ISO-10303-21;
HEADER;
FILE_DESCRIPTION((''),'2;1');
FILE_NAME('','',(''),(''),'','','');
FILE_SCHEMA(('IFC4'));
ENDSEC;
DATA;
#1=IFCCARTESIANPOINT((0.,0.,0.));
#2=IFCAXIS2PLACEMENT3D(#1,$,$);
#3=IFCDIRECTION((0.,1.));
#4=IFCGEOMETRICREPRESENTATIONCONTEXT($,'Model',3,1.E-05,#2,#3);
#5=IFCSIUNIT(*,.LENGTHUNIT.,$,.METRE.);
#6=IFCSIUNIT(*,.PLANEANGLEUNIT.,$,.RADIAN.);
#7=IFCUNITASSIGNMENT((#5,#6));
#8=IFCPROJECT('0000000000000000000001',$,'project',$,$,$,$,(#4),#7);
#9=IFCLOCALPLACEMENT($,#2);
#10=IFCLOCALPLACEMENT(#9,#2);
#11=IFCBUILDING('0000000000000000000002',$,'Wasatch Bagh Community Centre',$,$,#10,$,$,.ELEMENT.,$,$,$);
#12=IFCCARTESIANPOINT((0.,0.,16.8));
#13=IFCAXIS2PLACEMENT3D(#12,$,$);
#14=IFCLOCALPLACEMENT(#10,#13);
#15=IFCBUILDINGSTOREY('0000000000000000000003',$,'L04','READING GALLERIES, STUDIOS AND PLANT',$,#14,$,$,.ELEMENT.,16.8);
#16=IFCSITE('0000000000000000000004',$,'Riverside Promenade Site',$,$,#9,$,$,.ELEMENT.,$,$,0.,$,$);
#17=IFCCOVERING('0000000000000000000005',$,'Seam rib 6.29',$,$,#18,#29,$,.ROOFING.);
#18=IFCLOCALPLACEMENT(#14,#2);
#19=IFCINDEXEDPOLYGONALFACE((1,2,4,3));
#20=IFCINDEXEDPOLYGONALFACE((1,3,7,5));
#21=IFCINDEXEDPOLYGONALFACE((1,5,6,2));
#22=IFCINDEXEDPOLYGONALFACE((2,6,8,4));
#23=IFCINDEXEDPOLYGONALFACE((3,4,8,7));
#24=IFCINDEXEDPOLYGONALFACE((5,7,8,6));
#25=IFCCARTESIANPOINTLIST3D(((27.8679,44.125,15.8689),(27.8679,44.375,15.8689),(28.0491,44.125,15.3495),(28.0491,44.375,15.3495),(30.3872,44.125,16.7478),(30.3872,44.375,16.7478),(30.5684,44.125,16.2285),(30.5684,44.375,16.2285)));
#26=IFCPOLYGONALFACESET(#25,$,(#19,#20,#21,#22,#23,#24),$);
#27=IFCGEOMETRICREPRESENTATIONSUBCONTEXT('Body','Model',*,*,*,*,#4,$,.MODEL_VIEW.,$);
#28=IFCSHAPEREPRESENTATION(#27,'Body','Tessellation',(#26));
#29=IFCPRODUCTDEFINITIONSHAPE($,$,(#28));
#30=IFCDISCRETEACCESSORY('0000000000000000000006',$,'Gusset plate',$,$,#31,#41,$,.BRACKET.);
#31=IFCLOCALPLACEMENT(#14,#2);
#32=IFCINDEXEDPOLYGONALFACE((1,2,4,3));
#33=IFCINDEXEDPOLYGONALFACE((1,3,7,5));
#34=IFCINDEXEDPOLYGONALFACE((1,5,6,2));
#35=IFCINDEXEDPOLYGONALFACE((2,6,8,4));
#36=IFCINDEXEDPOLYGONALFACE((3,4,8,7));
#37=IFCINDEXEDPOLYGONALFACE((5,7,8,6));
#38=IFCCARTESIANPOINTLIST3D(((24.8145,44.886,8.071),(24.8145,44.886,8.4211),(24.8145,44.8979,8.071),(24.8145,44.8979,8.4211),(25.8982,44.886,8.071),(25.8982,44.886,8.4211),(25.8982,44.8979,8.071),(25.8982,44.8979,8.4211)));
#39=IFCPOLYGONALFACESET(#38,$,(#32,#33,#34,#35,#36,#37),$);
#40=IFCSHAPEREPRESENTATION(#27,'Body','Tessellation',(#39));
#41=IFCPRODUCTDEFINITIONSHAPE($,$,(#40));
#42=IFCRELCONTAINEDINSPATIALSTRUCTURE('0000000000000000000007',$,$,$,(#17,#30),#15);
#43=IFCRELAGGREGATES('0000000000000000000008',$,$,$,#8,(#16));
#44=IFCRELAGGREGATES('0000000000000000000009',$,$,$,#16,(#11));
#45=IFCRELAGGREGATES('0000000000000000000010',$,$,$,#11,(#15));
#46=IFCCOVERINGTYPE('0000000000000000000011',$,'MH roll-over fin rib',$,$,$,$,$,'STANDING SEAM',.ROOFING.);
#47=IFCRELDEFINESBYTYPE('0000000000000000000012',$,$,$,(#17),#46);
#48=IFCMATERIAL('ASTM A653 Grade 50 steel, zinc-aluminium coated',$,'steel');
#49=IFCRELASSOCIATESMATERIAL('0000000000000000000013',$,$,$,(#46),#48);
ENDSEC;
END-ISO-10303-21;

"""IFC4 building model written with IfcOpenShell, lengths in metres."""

from ifc_helpers import new_model, si_unit, direction, frame, origin, place, context, subcontext, project, spatial, polyline, outline, extrude, material, type_object, element, save


model = new_model("IFC4")

# Units and contexts
model_context = context("Model", 3, precision=1e-05, world=origin(), true_north=direction((0.0, 1.0)))
body_context = subcontext(model_context, "Body", "Model", "MODEL_VIEW")
ifc_project = project(units=[si_unit("LENGTHUNIT", "METRE"), si_unit("PLANEANGLEUNIT", "RADIAN")], contexts=[model_context])

# Site, building, storey
site_placement = place(None, origin())
site = spatial("IfcSite", under=ifc_project, at=site_placement, Name="Riverside Promenade Site", CompositionType="ELEMENT", RefElevation=0.0)
building_placement = place(site_placement, origin())
building = spatial("IfcBuilding", under=site, at=building_placement, Name="Wasatch Bagh Community Centre", CompositionType="ELEMENT")
storey_placement = place(building_placement, frame((0.0, 0.0, 16.8)))
storey = spatial("IfcBuildingStorey", under=building, at=storey_placement, Name="L04", Description="READING GALLERIES, STUDIOS AND PLANT", CompositionType="ELEMENT", Elevation=16.8)

# Covering
ifc_material_1 = material(Name="ASTM A653 Grade 50 steel, zinc-aluminium coated", Category="steel")
covering_type = type_object("IfcCoveringType", Name="MH roll-over fin rib", ElementType="STANDING SEAM", PredefinedType="ROOFING", material=ifc_material_1)
for number, where, z_axis, x_axis, name in (
    (1, (27.8679, 44.125, 15.8689), (-0.329401, 0.0, 0.94419), (0.94419, 0.0, 0.329401), "Seam rib 6.29"),
):
    element("IfcCovering", number, at=place(storey_placement, frame(where, z_axis=z_axis, x_axis=x_axis)), inside=storey, type_object=covering_type, Name=name, PredefinedType="ROOFING", context=body_context, shape_type="SweptSolid", body=[
        extrude(outline(polyline([(0.0, 0.0), (2.6682, 0.0), (2.6682, 0.25), (0.0, 0.25), (0.0, 0.0)])), origin(), (0.0, 0.0, -1.0), 0.55),
    ])

# Discrete accessory
discrete_accessory_placement = place(storey_placement, frame((24.8145, 44.886, 8.071), z_axis=(0.0, -1.0, 0.0), x_axis=(1.0, 0.0, 0.0)))
element("IfcDiscreteAccessory", 2, at=discrete_accessory_placement, inside=storey, Name="Gusset plate", PredefinedType="BRACKET", context=body_context, shape_type="SweptSolid", body=[
    extrude(outline(polyline([(0.0, 0.0), (1.0837, 0.0), (1.0837, 0.3501), (0.0, 0.3501), (0.0, 0.0)])), origin(), (0.0, 0.0, -1.0), 0.012),
])

save(model, "model.ifc")
